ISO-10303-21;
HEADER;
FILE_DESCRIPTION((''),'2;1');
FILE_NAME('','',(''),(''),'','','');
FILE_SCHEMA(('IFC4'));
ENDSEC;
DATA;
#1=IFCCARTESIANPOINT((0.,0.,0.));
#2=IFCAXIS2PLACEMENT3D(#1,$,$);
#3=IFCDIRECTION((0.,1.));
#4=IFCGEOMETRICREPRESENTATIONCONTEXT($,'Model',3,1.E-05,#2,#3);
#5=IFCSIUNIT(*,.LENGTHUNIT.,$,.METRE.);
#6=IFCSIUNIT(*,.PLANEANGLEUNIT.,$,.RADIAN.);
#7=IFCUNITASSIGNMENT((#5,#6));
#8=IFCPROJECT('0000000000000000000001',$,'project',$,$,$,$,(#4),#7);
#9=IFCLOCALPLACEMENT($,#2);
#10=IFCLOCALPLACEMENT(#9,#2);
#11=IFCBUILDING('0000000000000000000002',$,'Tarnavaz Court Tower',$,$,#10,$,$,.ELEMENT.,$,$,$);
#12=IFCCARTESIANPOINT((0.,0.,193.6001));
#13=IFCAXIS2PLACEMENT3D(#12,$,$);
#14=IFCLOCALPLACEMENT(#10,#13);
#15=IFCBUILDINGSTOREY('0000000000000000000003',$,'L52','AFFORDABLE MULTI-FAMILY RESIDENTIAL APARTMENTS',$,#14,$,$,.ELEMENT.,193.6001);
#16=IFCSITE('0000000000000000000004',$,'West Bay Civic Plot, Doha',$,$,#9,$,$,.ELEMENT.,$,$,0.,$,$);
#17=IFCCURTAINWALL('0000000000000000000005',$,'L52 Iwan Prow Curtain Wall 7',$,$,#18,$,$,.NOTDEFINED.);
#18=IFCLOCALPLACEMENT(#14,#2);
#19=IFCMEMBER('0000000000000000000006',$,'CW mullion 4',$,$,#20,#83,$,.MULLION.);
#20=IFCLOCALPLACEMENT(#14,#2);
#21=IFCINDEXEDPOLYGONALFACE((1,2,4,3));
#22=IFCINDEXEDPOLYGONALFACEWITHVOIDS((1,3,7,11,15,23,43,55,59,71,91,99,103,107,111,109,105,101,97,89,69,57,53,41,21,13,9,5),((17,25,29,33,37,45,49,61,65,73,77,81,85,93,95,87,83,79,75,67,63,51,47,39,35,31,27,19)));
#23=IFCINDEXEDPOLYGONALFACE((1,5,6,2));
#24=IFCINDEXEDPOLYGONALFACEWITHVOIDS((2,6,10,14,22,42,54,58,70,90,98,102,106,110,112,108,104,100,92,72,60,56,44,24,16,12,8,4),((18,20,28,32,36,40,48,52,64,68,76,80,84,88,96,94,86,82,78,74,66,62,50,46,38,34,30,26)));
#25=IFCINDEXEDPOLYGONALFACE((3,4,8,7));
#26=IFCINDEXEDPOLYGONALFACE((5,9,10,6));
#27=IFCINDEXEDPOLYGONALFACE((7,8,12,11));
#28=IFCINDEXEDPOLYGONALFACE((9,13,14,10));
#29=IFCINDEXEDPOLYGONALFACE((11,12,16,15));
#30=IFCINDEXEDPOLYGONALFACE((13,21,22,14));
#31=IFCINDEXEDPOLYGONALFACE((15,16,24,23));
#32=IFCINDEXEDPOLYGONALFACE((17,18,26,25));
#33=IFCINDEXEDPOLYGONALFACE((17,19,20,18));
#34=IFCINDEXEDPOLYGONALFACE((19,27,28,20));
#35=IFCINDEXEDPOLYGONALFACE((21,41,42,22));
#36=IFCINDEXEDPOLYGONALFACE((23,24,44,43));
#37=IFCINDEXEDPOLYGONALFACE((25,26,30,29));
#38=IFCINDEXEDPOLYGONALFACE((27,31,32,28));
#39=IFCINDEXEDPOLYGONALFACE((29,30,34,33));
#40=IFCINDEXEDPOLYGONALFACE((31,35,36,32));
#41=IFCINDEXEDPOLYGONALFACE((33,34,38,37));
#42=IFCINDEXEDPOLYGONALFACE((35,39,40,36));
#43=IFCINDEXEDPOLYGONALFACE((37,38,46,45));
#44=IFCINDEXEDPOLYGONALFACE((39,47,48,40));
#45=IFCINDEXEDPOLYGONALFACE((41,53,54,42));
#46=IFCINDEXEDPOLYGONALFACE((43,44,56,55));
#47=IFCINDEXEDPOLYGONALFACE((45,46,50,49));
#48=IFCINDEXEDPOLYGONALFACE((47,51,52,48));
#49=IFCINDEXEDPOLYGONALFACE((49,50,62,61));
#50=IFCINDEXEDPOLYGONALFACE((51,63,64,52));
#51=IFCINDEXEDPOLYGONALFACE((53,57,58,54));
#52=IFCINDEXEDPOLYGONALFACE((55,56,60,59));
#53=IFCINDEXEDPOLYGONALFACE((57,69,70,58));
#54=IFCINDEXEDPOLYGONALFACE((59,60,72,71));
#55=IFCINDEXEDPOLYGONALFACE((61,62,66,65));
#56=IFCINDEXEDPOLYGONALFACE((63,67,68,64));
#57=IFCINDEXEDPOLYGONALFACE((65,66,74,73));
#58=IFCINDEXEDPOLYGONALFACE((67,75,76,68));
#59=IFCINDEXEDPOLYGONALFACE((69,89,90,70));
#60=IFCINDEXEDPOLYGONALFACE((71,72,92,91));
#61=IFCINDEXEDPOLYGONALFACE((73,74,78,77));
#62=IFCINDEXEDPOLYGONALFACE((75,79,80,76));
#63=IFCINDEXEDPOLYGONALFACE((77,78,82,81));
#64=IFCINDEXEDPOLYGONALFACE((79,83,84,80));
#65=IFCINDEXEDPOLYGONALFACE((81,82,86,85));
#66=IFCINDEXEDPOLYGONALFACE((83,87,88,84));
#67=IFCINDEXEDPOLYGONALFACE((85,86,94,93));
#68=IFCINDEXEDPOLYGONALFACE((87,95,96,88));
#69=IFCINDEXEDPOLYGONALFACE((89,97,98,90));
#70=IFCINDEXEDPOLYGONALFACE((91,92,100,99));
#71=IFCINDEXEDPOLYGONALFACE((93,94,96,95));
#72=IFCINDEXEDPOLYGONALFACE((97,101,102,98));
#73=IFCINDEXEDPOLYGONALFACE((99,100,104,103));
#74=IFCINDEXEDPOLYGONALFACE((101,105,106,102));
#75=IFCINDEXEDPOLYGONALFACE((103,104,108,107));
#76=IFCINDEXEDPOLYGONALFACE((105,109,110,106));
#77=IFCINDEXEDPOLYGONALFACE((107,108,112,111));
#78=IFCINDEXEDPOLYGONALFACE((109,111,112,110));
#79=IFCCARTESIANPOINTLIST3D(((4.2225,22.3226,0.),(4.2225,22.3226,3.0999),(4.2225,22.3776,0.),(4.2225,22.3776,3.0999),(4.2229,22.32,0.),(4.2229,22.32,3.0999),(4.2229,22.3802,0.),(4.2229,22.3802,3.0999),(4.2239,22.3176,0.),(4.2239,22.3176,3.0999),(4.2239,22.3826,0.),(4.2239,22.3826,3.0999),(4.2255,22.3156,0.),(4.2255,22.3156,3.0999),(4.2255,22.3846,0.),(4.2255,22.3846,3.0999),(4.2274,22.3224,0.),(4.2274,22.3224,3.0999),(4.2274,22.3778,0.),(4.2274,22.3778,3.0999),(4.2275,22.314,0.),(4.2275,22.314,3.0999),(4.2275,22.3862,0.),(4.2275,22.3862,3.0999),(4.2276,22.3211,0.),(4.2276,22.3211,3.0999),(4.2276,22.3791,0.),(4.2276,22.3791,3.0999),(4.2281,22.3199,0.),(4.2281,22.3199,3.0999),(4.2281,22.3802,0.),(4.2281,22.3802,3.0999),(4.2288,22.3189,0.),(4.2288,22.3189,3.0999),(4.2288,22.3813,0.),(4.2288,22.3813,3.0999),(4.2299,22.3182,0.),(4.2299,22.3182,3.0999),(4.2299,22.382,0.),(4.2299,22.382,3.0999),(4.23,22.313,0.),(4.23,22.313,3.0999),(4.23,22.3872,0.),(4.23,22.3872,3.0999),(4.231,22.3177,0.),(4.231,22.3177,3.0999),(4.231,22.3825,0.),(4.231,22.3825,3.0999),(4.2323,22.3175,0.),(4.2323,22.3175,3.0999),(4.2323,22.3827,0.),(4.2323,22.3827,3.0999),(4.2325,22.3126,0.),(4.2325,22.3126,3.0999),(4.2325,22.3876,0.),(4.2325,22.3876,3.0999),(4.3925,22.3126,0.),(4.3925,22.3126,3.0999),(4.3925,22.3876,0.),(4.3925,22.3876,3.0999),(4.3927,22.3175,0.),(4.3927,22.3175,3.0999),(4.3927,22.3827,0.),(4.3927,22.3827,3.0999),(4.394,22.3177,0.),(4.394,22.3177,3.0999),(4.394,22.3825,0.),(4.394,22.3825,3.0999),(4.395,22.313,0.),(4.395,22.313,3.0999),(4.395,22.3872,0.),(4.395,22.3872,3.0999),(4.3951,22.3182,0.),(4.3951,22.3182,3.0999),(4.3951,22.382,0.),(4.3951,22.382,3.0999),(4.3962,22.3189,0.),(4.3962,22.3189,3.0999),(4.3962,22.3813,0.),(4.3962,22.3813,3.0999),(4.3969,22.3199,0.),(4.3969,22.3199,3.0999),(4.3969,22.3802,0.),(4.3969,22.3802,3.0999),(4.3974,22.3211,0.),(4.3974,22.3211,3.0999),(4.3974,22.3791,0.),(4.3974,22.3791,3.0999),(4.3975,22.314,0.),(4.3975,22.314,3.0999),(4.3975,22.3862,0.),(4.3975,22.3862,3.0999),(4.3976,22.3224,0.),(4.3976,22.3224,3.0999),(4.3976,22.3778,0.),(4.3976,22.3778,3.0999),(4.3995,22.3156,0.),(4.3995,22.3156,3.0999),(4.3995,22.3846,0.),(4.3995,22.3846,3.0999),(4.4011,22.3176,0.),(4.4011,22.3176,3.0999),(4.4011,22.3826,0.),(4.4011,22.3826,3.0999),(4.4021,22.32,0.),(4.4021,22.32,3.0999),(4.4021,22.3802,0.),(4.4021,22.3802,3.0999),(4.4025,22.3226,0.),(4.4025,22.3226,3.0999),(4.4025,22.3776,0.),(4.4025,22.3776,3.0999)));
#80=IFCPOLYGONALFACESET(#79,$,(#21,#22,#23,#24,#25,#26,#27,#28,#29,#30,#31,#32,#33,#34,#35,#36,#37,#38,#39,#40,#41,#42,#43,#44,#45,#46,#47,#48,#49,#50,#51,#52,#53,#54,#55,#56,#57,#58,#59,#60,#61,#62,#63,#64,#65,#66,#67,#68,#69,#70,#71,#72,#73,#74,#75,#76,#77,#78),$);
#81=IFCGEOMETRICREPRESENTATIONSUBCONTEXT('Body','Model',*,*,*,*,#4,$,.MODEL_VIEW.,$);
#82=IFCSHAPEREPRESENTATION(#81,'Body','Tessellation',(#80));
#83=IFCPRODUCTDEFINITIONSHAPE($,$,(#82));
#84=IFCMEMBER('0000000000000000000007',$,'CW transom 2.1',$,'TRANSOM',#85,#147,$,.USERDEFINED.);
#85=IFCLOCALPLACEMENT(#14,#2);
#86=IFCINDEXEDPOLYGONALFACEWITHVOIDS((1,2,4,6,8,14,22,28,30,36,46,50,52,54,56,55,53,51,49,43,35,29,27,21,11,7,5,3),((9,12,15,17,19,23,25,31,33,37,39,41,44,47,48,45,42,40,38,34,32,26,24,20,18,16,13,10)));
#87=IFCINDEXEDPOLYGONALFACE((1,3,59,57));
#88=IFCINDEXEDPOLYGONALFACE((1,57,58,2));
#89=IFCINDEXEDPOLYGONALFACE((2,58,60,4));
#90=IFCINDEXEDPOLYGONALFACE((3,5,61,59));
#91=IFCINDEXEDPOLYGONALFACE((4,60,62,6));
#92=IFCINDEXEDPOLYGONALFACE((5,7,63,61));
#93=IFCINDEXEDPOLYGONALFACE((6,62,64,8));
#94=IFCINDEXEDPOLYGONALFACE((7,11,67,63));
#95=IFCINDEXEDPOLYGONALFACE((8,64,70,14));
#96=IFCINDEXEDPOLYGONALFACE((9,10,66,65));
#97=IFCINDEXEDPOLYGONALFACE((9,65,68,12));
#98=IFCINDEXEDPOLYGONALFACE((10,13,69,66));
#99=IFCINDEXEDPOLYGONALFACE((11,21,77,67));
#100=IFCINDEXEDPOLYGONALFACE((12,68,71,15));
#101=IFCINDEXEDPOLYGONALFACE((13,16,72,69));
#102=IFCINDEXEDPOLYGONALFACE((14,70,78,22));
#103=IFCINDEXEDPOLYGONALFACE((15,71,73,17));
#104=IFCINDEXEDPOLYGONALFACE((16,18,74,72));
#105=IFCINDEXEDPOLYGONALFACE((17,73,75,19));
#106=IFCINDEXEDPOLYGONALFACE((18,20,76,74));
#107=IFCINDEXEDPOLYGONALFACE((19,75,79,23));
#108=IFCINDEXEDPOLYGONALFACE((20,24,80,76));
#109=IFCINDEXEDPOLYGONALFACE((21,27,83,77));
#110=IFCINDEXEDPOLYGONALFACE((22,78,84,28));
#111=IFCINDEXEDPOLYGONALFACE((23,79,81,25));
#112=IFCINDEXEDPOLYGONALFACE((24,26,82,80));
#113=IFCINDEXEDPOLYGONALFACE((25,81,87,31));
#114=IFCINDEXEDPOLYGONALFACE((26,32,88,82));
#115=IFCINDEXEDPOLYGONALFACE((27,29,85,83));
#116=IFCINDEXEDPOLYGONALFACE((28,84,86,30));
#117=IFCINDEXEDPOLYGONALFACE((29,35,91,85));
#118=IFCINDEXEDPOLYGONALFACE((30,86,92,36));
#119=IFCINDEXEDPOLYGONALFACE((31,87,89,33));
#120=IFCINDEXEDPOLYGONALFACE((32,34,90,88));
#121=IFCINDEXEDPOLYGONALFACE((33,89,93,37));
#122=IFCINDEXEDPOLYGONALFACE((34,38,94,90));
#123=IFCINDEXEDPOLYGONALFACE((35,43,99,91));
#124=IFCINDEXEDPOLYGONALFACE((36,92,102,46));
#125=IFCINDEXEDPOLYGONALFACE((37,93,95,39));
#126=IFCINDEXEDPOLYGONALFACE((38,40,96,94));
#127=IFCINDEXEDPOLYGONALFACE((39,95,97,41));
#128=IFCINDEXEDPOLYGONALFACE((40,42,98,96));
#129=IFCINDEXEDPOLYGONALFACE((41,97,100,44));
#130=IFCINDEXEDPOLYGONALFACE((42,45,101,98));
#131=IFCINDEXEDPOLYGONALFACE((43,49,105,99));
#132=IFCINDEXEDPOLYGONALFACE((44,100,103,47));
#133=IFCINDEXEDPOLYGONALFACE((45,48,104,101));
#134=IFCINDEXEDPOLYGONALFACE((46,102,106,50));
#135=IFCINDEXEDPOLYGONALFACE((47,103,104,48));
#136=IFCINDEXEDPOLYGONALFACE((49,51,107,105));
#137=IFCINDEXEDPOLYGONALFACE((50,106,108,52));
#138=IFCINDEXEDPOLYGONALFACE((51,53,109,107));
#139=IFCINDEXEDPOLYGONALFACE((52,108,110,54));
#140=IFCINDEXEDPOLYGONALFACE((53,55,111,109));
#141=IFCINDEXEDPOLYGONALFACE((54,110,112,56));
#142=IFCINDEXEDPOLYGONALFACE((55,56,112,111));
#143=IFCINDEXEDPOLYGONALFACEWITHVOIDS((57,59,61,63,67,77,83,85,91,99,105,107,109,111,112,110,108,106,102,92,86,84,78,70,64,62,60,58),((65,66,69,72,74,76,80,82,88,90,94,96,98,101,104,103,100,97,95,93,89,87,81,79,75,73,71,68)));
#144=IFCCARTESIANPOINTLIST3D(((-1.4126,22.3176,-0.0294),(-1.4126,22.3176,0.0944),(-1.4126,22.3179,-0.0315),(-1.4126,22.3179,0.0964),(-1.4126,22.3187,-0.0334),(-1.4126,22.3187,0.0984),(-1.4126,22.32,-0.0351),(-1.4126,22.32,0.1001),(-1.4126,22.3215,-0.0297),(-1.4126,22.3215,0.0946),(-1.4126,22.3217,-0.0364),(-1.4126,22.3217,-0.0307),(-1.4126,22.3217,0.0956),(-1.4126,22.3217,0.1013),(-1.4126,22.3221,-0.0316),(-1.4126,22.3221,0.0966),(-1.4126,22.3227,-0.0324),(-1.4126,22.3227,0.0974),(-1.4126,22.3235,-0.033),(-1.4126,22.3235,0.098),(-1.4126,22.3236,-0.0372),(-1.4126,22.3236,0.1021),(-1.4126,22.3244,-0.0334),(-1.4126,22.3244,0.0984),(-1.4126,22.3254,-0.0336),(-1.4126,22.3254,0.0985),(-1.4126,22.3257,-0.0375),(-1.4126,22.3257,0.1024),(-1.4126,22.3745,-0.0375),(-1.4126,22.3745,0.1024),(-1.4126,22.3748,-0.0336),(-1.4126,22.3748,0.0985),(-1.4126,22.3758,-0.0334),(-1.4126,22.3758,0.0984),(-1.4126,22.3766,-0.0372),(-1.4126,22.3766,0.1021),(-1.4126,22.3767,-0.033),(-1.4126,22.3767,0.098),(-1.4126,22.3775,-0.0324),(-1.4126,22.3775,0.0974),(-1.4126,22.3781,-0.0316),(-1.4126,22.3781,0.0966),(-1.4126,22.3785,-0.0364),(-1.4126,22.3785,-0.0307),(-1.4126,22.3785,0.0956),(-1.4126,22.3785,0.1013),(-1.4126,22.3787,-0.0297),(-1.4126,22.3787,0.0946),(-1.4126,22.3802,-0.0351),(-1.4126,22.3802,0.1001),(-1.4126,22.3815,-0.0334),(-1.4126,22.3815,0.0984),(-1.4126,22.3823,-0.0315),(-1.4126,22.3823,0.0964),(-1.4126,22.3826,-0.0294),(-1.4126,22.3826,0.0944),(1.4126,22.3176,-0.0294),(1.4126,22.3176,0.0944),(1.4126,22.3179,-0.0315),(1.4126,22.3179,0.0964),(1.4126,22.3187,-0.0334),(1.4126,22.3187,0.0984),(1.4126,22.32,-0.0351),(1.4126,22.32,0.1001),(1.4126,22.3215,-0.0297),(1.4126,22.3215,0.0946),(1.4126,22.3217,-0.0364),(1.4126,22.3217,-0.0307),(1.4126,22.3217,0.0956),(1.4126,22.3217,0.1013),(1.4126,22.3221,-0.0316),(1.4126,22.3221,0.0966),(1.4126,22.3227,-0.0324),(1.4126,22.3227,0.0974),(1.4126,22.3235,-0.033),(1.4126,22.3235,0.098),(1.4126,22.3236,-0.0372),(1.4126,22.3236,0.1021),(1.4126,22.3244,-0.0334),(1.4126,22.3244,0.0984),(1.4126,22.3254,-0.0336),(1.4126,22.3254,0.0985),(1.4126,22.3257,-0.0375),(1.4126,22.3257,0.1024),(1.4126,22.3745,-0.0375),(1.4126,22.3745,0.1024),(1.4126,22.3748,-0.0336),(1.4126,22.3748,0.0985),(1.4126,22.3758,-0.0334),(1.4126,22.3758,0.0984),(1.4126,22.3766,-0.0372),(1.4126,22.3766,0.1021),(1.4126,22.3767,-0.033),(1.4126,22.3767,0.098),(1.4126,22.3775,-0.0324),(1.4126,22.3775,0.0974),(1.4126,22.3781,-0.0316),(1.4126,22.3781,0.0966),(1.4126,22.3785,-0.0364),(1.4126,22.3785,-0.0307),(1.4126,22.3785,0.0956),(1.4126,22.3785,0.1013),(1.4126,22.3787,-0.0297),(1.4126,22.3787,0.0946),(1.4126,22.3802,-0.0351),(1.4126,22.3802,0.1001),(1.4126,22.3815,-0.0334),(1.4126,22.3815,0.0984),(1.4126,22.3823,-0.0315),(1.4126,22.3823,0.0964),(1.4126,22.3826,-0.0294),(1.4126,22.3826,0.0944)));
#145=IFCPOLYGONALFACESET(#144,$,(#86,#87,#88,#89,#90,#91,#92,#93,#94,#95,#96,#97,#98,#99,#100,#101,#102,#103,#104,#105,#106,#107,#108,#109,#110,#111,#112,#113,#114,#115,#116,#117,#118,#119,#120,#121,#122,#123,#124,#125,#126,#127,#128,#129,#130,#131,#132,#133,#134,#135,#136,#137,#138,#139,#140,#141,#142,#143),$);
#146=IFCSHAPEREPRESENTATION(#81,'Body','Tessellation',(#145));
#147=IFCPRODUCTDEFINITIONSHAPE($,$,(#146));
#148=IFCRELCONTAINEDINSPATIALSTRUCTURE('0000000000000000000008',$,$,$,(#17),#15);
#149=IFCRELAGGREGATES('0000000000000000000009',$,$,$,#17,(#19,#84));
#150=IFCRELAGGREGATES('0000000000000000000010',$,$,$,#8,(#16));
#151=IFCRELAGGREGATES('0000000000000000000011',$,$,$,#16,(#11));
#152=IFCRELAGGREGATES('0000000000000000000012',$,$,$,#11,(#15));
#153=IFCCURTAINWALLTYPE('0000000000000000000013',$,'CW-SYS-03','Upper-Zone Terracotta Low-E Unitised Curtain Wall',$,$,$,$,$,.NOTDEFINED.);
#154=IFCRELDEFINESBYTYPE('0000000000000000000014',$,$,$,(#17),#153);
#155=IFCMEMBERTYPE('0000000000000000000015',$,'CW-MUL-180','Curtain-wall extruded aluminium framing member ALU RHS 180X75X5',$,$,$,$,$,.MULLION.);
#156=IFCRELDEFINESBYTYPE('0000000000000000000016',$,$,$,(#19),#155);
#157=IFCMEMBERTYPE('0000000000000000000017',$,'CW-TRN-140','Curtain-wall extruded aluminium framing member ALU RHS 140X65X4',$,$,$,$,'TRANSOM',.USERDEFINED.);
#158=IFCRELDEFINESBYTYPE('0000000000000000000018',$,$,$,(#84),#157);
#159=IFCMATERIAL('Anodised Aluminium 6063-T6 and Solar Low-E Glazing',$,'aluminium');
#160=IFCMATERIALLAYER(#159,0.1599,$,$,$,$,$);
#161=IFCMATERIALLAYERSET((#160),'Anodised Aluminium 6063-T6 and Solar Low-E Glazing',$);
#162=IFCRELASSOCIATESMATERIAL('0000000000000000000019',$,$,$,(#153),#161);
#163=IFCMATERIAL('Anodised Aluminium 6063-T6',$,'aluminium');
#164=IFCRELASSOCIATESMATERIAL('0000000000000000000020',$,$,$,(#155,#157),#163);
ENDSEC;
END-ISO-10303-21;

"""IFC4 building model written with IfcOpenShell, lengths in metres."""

from ifc_helpers import new_model, si_unit, direction, frame, origin, origin_2d, place, context, subcontext, project, spatial, hollow_rectangle, extrude, material, layer, layer_set, material_profile, profile_set, type_object, element, aggregate, save


model = new_model("IFC4")

# Units and contexts
model_context = context("Model", 3, precision=1e-05, world=origin(), true_north=direction((0.0, 1.0)))
body_context = subcontext(model_context, "Body", "Model", "MODEL_VIEW")
ifc_project = project(units=[si_unit("LENGTHUNIT", "METRE"), si_unit("PLANEANGLEUNIT", "RADIAN")], contexts=[model_context])

# Site, building, storey
site_placement = place(None, origin())
site = spatial("IfcSite", under=ifc_project, at=site_placement, Name="West Bay Civic Plot, Doha", CompositionType="ELEMENT", RefElevation=0.0)
building_placement = place(site_placement, origin())
building = spatial("IfcBuilding", under=site, at=building_placement, Name="Tarnavaz Court Tower", CompositionType="ELEMENT")
storey_placement = place(building_placement, frame((0.0, 0.0, 193.6001)))
storey = spatial("IfcBuildingStorey", under=building, at=storey_placement, Name="L52", Description="AFFORDABLE MULTI-FAMILY RESIDENTIAL APARTMENTS", CompositionType="ELEMENT", Elevation=193.6001)

# Curtain wall, members
ifc_material_1 = material(Name="Anodised Aluminium 6063-T6 and Solar Low-E Glazing", Category="aluminium")
ifc_layer_1 = layer(ifc_material_1, 0.1599)
ifc_layer_set_1 = layer_set([ifc_layer_1], Name="Anodised Aluminium 6063-T6 and Solar Low-E Glazing")
curtain_wall_type = type_object("IfcCurtainWallType", Name="CW-SYS-03", Description="Upper-Zone Terracotta Low-E Unitised Curtain Wall", PredefinedType="NOTDEFINED", material=ifc_layer_set_1)
curtain_wall_placement = place(storey_placement, origin())
curtain_wall = element("IfcCurtainWall", 1, at=curtain_wall_placement, inside=storey, type_object=curtain_wall_type, Name="L52 Iwan Prow Curtain Wall 7", PredefinedType="NOTDEFINED")
ifc_material_2 = material(Name="Anodised Aluminium 6063-T6", Category="aluminium")
ifc_material_profile_1 = material_profile(ifc_material_2, hollow_rectangle(XDim=0.075, YDim=0.1799, WallThickness=0.0049, InnerFilletRadius=0.0049, OuterFilletRadius=0.01, at=origin_2d()), Name="ALU RHS 180X75X5")
ifc_profile_set_1 = profile_set([ifc_material_profile_1], Name="Anodised Aluminium 6063-T6")
member_type_1 = type_object("IfcMemberType", Name="CW-MUL-180", Description="Curtain-wall extruded aluminium framing member ALU RHS 180X75X5", PredefinedType="MULLION", material=ifc_profile_set_1)
member_1_placement = place(storey_placement, frame((4.3125, 22.3501, 0.0), z_axis=(0.0, 0.0, 1.0), x_axis=(0.0, 1.0, 0.0)))
member_1 = element("IfcMember", 2, at=member_1_placement, type_object=member_type_1, Name="CW mullion 4", PredefinedType="MULLION", context=body_context, shape_type="SweptSolid", body=[
    extrude(hollow_rectangle(XDim=0.075, YDim=0.1799, WallThickness=0.0049, InnerFilletRadius=0.0049, OuterFilletRadius=0.01, at=origin_2d()), origin(), (0.0, 0.0, 1.0), 3.0999),
])
ifc_material_profile_2 = material_profile(ifc_material_2, hollow_rectangle(XDim=0.0649, YDim=0.1399, WallThickness=0.0039, InnerFilletRadius=0.0039, OuterFilletRadius=0.0081, at=origin_2d()), Name="ALU RHS 140X65X4")
ifc_profile_set_2 = profile_set([ifc_material_profile_2], Name="Anodised Aluminium 6063-T6")
member_type_2 = type_object("IfcMemberType", Name="CW-TRN-140", Description="Curtain-wall extruded aluminium framing member ALU RHS 140X65X4", ElementType="TRANSOM", PredefinedType="USERDEFINED", material=ifc_profile_set_2)
member_2_placement = place(storey_placement, frame((-1.4126, 22.3501, 0.0325), z_axis=(1.0, 0.0, 0.0), x_axis=(0.0, 1.0, 0.0)))
member_2 = element("IfcMember", 3, at=member_2_placement, type_object=member_type_2, Name="CW transom 2.1", ObjectType="TRANSOM", PredefinedType="USERDEFINED", context=body_context, shape_type="SweptSolid", body=[
    extrude(hollow_rectangle(XDim=0.0649, YDim=0.1399, WallThickness=0.0039, InnerFilletRadius=0.0039, OuterFilletRadius=0.0081, at=origin_2d()), origin(), (0.0, 0.0, 1.0), 2.8252),
])
aggregate(curtain_wall, [member_1, member_2])

save(model, "model.ifc")
